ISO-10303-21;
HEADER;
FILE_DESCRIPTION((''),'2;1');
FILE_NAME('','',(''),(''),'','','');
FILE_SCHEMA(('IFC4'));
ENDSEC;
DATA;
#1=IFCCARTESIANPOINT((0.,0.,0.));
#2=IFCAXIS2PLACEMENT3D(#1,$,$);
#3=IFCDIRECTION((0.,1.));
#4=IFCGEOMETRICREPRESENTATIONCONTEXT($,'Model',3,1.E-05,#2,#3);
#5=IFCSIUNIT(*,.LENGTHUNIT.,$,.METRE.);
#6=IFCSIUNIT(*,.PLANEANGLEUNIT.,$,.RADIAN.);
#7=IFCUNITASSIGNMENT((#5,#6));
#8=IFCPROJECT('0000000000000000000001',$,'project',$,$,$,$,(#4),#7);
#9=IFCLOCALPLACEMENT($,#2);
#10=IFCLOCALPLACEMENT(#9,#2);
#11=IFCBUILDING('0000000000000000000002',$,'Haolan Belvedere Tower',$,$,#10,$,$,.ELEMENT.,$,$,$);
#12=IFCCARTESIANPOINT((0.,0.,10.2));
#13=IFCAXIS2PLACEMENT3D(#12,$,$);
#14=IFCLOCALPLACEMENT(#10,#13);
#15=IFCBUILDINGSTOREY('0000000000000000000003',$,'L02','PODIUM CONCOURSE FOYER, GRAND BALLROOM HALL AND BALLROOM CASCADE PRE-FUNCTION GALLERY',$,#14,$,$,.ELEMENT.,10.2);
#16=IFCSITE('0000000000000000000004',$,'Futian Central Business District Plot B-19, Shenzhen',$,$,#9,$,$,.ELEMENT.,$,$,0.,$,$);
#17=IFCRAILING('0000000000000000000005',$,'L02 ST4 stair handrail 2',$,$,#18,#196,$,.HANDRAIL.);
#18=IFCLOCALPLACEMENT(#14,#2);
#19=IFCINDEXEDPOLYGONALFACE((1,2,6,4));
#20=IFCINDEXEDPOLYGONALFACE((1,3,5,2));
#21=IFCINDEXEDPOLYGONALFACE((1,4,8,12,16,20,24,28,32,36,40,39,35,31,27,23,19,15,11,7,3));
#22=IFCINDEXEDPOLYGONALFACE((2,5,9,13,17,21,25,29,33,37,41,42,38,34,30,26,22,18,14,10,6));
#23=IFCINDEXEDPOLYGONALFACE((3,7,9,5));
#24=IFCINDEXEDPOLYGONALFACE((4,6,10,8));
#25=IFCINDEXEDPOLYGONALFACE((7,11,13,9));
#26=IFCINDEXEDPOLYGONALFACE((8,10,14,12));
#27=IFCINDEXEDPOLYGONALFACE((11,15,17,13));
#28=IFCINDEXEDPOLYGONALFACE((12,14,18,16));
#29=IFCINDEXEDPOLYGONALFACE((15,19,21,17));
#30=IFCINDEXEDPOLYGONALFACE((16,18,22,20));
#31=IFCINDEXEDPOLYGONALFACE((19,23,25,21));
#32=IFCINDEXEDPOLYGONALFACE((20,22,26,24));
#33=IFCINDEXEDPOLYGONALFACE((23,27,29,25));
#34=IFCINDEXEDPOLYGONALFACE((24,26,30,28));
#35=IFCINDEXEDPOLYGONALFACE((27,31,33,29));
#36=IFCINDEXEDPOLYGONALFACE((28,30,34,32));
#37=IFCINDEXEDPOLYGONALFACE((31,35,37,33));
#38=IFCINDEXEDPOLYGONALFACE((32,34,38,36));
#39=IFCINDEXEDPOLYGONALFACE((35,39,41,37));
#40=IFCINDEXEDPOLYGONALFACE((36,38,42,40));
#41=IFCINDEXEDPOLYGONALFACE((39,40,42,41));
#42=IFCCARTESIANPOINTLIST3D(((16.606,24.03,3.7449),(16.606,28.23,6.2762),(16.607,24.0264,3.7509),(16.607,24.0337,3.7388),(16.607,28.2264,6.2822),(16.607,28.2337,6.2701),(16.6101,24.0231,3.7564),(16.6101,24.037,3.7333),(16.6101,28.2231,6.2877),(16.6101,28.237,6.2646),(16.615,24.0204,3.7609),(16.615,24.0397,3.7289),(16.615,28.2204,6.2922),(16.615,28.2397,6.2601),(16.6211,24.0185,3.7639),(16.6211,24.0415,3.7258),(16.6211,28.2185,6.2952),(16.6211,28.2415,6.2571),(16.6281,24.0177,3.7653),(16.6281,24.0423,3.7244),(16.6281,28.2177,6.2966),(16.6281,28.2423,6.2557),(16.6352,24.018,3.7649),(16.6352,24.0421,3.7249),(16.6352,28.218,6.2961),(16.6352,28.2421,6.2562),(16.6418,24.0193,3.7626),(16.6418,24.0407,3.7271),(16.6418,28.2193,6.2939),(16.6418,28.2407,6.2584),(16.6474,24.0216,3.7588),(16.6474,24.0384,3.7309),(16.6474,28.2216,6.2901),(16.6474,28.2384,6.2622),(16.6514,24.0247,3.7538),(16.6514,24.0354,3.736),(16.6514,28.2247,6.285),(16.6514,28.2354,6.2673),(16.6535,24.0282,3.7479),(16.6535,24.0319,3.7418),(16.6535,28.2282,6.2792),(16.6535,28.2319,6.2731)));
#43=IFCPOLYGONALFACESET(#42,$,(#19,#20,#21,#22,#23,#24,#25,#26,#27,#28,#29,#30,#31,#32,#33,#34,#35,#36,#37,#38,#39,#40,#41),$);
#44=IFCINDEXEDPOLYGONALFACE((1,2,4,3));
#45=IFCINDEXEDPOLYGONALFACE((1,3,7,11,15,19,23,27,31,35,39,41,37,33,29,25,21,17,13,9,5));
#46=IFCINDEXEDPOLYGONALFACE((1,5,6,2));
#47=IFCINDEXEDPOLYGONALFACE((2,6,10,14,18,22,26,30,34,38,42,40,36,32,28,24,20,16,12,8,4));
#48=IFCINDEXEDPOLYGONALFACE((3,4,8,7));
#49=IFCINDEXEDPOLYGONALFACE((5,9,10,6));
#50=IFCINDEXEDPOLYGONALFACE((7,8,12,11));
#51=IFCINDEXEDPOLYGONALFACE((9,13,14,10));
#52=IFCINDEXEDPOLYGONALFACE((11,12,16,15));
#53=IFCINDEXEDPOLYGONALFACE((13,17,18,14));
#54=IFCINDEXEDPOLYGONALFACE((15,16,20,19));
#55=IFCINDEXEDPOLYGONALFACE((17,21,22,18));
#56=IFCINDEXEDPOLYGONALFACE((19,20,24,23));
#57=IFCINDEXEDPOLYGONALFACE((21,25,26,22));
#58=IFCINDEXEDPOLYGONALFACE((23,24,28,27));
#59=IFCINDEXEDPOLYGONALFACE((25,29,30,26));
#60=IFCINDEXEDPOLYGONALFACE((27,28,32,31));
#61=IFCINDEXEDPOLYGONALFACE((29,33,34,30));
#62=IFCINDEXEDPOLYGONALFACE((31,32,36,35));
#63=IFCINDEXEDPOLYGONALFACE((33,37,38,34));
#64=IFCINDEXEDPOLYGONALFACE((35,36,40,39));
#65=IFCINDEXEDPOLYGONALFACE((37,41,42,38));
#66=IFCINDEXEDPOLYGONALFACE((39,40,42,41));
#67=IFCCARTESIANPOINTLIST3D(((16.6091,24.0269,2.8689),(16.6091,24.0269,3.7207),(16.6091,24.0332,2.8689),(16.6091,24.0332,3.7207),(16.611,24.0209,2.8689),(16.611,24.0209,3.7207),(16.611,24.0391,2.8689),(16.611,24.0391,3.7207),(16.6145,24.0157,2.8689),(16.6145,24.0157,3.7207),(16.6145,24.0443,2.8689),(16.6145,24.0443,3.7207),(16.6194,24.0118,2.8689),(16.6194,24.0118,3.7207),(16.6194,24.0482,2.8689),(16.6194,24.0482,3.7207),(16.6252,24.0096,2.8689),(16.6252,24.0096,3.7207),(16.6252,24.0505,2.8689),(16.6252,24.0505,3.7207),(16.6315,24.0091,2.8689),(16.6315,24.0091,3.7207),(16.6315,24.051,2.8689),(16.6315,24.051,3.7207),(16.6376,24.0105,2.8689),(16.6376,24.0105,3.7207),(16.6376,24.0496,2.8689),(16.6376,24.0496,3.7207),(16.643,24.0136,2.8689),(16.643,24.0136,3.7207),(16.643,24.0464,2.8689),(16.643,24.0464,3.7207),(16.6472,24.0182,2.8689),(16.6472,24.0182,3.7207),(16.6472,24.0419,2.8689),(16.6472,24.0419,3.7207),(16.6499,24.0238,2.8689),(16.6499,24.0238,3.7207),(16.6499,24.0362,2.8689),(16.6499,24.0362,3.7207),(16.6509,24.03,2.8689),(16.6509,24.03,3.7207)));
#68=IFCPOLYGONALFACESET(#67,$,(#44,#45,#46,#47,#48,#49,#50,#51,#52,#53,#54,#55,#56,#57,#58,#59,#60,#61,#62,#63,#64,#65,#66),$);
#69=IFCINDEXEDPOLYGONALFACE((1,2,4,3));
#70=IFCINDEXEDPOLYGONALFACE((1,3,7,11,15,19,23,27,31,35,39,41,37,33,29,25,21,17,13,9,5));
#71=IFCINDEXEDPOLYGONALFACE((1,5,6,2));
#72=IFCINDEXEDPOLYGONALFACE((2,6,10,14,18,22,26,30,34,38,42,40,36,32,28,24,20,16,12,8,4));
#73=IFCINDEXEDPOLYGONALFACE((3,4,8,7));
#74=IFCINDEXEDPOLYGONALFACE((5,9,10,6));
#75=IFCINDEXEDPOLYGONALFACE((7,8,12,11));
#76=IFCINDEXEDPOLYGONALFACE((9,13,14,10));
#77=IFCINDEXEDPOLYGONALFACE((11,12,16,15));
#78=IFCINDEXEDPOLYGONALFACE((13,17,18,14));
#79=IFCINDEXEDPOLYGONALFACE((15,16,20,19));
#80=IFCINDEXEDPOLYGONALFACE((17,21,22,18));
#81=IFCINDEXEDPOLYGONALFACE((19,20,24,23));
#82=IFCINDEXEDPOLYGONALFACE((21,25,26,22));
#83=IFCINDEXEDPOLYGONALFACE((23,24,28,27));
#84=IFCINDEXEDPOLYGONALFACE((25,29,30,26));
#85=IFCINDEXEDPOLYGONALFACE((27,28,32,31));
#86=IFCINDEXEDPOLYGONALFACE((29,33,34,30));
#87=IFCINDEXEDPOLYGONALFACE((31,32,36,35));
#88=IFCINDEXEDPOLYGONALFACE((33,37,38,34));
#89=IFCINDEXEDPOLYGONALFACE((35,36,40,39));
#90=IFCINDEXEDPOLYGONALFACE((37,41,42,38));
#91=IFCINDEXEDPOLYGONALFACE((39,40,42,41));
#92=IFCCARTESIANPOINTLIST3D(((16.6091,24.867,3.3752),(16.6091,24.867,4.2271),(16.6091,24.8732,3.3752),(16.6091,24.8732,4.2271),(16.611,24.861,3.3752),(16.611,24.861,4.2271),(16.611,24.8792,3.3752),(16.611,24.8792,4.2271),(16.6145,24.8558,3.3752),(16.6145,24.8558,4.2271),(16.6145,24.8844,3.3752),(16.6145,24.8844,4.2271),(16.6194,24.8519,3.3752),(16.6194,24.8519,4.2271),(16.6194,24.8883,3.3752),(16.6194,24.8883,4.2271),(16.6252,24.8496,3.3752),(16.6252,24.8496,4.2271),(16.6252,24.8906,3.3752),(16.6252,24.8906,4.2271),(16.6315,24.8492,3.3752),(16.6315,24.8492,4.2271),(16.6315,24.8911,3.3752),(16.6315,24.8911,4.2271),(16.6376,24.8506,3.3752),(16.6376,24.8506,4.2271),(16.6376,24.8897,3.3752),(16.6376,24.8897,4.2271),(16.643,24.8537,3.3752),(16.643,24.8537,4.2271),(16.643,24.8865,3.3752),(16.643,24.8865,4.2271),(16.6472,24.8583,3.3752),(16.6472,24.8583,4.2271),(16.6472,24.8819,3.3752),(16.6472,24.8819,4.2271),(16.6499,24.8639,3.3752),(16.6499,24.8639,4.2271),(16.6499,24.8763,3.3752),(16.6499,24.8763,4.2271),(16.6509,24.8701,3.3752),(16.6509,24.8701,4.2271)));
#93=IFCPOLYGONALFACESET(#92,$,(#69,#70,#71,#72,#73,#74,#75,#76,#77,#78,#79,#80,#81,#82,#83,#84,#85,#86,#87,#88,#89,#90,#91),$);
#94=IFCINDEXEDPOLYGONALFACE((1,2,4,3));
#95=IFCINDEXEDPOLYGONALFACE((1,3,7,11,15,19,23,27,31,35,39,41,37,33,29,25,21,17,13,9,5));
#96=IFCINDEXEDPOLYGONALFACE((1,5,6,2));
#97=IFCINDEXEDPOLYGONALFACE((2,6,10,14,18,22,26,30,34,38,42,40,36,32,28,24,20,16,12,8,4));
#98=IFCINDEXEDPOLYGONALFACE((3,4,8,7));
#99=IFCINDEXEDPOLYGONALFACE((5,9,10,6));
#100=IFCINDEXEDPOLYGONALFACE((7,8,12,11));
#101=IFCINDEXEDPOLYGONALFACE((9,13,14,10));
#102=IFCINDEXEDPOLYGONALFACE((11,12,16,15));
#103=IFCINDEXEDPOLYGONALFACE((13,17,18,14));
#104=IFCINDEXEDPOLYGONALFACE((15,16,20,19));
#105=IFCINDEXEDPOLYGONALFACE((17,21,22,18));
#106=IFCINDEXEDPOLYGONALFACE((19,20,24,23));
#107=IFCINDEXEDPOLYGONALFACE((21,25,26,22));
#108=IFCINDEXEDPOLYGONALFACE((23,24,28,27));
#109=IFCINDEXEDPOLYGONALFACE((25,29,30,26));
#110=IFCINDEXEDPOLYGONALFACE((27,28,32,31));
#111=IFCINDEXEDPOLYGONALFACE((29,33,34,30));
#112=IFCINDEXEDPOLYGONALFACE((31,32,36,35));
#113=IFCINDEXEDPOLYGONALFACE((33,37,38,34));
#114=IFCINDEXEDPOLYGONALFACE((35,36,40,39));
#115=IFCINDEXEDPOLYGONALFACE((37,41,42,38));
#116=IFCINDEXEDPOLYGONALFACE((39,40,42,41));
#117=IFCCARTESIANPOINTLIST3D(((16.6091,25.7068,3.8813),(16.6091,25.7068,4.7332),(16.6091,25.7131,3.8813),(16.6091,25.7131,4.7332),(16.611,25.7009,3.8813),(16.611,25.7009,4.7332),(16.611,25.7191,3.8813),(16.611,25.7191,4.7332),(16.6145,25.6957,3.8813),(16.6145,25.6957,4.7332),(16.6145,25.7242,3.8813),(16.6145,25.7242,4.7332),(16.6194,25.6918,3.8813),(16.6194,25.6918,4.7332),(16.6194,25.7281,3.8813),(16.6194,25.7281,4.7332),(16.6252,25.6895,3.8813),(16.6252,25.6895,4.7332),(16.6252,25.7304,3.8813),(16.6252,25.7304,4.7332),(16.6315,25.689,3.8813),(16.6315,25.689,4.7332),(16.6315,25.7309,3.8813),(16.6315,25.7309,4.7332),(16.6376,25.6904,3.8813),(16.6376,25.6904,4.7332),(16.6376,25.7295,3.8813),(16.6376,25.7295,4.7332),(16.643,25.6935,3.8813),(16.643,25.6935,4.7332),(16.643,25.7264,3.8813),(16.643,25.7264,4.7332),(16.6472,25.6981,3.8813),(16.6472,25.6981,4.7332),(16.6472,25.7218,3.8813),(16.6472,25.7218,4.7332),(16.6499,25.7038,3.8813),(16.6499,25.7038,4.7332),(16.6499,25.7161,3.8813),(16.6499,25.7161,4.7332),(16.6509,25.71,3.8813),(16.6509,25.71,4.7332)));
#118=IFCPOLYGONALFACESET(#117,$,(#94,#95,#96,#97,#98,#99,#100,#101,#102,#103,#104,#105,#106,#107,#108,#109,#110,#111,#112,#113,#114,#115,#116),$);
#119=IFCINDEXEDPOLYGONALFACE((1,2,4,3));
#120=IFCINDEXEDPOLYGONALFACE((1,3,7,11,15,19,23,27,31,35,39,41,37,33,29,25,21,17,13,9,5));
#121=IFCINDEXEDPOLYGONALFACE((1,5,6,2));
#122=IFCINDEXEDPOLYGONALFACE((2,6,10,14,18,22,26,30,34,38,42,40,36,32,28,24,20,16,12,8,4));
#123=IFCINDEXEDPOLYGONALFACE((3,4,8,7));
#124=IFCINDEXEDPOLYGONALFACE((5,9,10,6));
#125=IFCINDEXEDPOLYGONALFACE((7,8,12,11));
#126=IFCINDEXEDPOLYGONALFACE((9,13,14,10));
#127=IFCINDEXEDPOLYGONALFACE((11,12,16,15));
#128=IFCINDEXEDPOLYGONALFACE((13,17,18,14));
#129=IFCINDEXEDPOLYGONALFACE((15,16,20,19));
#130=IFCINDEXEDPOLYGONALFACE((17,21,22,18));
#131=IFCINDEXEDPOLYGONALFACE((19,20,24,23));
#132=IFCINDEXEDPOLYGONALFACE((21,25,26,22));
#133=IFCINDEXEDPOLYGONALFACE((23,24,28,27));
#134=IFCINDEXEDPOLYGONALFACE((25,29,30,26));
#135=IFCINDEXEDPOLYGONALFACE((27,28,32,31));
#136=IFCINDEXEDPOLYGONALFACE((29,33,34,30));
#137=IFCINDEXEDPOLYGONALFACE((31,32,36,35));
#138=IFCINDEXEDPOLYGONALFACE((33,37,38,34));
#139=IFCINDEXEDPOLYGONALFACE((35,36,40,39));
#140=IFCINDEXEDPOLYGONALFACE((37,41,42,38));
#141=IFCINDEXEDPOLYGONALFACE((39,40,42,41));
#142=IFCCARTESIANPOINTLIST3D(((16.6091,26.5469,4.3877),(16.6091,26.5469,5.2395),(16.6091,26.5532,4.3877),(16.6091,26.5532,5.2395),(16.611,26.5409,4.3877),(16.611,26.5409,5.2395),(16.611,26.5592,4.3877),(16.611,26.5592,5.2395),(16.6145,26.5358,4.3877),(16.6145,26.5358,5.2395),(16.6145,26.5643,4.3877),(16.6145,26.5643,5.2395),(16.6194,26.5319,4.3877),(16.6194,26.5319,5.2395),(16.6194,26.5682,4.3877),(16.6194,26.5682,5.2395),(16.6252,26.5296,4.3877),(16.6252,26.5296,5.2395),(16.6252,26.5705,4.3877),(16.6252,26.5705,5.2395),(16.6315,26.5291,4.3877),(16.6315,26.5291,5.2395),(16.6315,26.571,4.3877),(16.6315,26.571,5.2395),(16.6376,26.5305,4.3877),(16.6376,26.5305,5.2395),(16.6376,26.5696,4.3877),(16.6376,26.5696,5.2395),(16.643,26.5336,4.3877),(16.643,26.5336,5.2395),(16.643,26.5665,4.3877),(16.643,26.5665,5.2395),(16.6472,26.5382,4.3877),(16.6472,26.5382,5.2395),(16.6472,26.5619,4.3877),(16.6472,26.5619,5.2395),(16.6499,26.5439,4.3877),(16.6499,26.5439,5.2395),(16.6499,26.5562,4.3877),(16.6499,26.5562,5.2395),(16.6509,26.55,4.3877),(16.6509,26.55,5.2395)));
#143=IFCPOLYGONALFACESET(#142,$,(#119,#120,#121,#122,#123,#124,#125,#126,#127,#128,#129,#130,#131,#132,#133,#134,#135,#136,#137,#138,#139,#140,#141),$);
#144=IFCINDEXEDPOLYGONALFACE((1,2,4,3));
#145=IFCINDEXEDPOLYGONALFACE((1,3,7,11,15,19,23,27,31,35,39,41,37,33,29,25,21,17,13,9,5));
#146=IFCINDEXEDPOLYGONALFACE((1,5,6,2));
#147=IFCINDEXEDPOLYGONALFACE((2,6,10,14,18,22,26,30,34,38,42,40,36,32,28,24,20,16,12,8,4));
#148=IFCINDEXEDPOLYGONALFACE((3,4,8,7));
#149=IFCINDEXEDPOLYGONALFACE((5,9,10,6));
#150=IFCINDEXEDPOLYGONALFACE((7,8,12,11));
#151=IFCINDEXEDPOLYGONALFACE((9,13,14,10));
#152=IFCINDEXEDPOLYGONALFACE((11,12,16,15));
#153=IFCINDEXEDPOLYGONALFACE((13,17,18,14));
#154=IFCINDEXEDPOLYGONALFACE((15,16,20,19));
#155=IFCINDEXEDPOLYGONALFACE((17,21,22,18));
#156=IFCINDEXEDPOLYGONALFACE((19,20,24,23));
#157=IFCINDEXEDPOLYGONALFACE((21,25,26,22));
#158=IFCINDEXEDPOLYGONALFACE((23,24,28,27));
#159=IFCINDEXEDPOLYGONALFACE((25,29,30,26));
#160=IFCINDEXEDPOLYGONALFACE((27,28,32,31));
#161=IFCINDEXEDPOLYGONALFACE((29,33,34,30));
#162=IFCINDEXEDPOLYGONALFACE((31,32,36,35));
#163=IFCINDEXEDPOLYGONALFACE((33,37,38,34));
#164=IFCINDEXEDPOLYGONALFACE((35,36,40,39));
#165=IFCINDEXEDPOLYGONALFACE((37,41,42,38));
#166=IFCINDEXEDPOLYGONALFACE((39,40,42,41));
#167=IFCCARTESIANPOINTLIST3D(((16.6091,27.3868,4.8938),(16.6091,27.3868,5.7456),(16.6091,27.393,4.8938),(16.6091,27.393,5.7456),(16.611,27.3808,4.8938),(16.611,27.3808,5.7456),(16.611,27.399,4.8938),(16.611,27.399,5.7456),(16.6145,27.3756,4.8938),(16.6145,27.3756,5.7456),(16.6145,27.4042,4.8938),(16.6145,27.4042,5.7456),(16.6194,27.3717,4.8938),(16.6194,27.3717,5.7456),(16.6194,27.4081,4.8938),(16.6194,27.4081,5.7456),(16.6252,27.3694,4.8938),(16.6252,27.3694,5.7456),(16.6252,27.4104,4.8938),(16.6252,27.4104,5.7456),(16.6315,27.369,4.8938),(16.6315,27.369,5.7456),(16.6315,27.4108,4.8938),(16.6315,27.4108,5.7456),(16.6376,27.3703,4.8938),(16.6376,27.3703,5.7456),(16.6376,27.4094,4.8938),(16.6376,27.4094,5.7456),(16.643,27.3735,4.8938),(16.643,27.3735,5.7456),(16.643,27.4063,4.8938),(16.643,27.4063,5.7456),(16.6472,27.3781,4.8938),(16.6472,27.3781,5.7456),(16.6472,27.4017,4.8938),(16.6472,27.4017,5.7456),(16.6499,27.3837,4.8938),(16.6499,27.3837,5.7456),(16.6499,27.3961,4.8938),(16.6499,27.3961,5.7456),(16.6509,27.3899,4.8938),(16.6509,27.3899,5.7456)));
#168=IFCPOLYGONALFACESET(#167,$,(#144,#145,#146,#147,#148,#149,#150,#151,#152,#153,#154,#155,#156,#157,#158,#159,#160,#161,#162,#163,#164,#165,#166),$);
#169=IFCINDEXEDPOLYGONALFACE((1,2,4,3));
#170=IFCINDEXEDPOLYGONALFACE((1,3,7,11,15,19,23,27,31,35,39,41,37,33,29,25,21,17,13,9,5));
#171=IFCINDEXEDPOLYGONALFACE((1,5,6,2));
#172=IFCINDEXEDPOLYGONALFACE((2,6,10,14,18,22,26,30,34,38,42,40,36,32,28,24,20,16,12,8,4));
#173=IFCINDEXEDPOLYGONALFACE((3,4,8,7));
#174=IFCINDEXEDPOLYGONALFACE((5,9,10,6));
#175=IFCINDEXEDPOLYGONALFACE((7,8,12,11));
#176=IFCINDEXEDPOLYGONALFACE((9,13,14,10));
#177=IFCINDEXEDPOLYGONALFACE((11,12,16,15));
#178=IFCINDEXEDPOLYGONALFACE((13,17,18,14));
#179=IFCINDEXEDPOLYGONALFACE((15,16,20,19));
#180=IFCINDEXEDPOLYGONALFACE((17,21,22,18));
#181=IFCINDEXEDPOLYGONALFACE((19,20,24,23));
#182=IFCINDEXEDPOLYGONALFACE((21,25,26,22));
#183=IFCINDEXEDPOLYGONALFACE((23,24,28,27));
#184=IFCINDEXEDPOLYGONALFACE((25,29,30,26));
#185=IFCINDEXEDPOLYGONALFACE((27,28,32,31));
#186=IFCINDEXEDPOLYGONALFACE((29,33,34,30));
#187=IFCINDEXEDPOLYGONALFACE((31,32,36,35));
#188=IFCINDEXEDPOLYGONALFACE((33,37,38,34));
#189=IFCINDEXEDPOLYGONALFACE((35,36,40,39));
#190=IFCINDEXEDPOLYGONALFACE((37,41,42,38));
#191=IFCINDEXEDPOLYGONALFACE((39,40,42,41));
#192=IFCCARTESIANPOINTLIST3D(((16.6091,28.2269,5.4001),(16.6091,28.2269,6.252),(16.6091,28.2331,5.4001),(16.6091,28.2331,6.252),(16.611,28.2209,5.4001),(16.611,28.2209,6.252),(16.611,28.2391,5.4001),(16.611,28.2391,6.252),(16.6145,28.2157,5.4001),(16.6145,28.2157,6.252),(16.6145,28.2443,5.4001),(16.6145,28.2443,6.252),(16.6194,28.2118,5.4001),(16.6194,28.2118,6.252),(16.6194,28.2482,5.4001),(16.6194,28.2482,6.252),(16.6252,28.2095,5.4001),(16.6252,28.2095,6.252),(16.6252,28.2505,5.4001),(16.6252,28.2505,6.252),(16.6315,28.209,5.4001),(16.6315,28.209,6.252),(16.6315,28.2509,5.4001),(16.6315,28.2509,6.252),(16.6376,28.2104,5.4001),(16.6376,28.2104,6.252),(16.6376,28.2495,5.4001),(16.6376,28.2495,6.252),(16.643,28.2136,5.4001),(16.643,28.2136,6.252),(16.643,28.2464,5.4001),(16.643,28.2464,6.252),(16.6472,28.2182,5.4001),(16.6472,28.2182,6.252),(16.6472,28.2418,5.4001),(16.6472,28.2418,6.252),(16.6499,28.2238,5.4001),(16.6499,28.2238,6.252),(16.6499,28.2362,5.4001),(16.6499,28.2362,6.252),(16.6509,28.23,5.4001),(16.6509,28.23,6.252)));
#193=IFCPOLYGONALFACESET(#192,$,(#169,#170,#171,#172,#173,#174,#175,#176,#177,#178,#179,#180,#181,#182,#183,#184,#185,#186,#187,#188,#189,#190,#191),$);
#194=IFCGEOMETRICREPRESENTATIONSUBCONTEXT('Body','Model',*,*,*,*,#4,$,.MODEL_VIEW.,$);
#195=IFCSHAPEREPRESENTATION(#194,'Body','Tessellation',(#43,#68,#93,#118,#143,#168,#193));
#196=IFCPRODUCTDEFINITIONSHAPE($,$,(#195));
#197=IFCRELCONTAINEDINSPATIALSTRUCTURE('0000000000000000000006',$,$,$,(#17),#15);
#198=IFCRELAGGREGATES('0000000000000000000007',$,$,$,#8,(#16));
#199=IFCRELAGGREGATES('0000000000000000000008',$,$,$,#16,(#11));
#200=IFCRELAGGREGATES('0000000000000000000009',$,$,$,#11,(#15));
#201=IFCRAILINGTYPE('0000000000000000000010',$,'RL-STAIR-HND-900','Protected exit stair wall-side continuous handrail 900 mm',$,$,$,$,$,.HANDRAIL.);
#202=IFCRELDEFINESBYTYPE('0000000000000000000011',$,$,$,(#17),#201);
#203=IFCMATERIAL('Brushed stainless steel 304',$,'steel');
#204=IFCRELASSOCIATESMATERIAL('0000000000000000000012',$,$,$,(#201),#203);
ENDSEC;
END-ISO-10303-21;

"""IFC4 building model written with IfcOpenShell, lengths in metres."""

from ifc_helpers import new_model, si_unit, direction, frame, origin, origin_2d, place, context, subcontext, project, spatial, circle, extrude, material, type_object, element, save


model = new_model("IFC4")

# Units and contexts
model_context = context("Model", 3, precision=1e-05, world=origin(), true_north=direction((0.0, 1.0)))
body_context = subcontext(model_context, "Body", "Model", "MODEL_VIEW")
ifc_project = project(units=[si_unit("LENGTHUNIT", "METRE"), si_unit("PLANEANGLEUNIT", "RADIAN")], contexts=[model_context])

# Site, building, storey
site_placement = place(None, origin())
site = spatial("IfcSite", under=ifc_project, at=site_placement, Name="Futian Central Business District Plot B-19, Shenzhen", CompositionType="ELEMENT", RefElevation=0.0)
building_placement = place(site_placement, origin())
building = spatial("IfcBuilding", under=site, at=building_placement, Name="Haolan Belvedere Tower", CompositionType="ELEMENT")
storey_placement = place(building_placement, frame((0.0, 0.0, 10.2)))
storey = spatial("IfcBuildingStorey", under=building, at=storey_placement, Name="L02", Description="PODIUM CONCOURSE FOYER, GRAND BALLROOM HALL AND BALLROOM CASCADE PRE-FUNCTION GALLERY", CompositionType="ELEMENT", Elevation=10.2)

# Railing
ifc_material_1 = material(Name="Brushed stainless steel 304", Category="steel")
railing_type_1 = type_object("IfcRailingType", Name="RL-STAIR-HND-900", Description="Protected exit stair wall-side continuous handrail 900 mm", PredefinedType="HANDRAIL", material=ifc_material_1)
railing_1_placement = place(storey_placement, frame((16.6299, 24.03, 2.8689)))
element("IfcRailing", 1, at=railing_1_placement, inside=storey, type_object=railing_type_1, Name="L02 ST4 stair handrail 2", PredefinedType="HANDRAIL", context=body_context, shape_type="SweptSolid", body=[
    extrude(circle(Radius=0.0239, at=origin_2d()), frame((0.0, 0.0, 0.876), z_axis=(0.0, 0.856476, 0.516186), x_axis=(-1.0, 0.0, 0.0)), (0.0, 0.0, 1.0), 4.9038),
    extrude(circle(Radius=0.021, at=origin_2d()), origin(), (0.0, 0.0, 1.0), 0.8518),
    extrude(circle(Radius=0.021, at=origin_2d()), frame((0.0, 0.8401, 0.5063)), (0.0, 0.0, 1.0), 0.8518),
    extrude(circle(Radius=0.021, at=origin_2d()), frame((0.0, 1.6799, 1.0125)), (0.0, 0.0, 1.0), 0.8518),
    extrude(circle(Radius=0.021, at=origin_2d()), frame((0.0, 2.52, 1.5188)), (0.0, 0.0, 1.0), 0.8518),
    extrude(circle(Radius=0.021, at=origin_2d()), frame((0.0, 3.3599, 2.0249)), (0.0, 0.0, 1.0), 0.8518),
    extrude(circle(Radius=0.021, at=origin_2d()), frame((0.0, 4.2, 2.5312)), (0.0, 0.0, 1.0), 0.8518),
])

save(model, "model.ifc")
